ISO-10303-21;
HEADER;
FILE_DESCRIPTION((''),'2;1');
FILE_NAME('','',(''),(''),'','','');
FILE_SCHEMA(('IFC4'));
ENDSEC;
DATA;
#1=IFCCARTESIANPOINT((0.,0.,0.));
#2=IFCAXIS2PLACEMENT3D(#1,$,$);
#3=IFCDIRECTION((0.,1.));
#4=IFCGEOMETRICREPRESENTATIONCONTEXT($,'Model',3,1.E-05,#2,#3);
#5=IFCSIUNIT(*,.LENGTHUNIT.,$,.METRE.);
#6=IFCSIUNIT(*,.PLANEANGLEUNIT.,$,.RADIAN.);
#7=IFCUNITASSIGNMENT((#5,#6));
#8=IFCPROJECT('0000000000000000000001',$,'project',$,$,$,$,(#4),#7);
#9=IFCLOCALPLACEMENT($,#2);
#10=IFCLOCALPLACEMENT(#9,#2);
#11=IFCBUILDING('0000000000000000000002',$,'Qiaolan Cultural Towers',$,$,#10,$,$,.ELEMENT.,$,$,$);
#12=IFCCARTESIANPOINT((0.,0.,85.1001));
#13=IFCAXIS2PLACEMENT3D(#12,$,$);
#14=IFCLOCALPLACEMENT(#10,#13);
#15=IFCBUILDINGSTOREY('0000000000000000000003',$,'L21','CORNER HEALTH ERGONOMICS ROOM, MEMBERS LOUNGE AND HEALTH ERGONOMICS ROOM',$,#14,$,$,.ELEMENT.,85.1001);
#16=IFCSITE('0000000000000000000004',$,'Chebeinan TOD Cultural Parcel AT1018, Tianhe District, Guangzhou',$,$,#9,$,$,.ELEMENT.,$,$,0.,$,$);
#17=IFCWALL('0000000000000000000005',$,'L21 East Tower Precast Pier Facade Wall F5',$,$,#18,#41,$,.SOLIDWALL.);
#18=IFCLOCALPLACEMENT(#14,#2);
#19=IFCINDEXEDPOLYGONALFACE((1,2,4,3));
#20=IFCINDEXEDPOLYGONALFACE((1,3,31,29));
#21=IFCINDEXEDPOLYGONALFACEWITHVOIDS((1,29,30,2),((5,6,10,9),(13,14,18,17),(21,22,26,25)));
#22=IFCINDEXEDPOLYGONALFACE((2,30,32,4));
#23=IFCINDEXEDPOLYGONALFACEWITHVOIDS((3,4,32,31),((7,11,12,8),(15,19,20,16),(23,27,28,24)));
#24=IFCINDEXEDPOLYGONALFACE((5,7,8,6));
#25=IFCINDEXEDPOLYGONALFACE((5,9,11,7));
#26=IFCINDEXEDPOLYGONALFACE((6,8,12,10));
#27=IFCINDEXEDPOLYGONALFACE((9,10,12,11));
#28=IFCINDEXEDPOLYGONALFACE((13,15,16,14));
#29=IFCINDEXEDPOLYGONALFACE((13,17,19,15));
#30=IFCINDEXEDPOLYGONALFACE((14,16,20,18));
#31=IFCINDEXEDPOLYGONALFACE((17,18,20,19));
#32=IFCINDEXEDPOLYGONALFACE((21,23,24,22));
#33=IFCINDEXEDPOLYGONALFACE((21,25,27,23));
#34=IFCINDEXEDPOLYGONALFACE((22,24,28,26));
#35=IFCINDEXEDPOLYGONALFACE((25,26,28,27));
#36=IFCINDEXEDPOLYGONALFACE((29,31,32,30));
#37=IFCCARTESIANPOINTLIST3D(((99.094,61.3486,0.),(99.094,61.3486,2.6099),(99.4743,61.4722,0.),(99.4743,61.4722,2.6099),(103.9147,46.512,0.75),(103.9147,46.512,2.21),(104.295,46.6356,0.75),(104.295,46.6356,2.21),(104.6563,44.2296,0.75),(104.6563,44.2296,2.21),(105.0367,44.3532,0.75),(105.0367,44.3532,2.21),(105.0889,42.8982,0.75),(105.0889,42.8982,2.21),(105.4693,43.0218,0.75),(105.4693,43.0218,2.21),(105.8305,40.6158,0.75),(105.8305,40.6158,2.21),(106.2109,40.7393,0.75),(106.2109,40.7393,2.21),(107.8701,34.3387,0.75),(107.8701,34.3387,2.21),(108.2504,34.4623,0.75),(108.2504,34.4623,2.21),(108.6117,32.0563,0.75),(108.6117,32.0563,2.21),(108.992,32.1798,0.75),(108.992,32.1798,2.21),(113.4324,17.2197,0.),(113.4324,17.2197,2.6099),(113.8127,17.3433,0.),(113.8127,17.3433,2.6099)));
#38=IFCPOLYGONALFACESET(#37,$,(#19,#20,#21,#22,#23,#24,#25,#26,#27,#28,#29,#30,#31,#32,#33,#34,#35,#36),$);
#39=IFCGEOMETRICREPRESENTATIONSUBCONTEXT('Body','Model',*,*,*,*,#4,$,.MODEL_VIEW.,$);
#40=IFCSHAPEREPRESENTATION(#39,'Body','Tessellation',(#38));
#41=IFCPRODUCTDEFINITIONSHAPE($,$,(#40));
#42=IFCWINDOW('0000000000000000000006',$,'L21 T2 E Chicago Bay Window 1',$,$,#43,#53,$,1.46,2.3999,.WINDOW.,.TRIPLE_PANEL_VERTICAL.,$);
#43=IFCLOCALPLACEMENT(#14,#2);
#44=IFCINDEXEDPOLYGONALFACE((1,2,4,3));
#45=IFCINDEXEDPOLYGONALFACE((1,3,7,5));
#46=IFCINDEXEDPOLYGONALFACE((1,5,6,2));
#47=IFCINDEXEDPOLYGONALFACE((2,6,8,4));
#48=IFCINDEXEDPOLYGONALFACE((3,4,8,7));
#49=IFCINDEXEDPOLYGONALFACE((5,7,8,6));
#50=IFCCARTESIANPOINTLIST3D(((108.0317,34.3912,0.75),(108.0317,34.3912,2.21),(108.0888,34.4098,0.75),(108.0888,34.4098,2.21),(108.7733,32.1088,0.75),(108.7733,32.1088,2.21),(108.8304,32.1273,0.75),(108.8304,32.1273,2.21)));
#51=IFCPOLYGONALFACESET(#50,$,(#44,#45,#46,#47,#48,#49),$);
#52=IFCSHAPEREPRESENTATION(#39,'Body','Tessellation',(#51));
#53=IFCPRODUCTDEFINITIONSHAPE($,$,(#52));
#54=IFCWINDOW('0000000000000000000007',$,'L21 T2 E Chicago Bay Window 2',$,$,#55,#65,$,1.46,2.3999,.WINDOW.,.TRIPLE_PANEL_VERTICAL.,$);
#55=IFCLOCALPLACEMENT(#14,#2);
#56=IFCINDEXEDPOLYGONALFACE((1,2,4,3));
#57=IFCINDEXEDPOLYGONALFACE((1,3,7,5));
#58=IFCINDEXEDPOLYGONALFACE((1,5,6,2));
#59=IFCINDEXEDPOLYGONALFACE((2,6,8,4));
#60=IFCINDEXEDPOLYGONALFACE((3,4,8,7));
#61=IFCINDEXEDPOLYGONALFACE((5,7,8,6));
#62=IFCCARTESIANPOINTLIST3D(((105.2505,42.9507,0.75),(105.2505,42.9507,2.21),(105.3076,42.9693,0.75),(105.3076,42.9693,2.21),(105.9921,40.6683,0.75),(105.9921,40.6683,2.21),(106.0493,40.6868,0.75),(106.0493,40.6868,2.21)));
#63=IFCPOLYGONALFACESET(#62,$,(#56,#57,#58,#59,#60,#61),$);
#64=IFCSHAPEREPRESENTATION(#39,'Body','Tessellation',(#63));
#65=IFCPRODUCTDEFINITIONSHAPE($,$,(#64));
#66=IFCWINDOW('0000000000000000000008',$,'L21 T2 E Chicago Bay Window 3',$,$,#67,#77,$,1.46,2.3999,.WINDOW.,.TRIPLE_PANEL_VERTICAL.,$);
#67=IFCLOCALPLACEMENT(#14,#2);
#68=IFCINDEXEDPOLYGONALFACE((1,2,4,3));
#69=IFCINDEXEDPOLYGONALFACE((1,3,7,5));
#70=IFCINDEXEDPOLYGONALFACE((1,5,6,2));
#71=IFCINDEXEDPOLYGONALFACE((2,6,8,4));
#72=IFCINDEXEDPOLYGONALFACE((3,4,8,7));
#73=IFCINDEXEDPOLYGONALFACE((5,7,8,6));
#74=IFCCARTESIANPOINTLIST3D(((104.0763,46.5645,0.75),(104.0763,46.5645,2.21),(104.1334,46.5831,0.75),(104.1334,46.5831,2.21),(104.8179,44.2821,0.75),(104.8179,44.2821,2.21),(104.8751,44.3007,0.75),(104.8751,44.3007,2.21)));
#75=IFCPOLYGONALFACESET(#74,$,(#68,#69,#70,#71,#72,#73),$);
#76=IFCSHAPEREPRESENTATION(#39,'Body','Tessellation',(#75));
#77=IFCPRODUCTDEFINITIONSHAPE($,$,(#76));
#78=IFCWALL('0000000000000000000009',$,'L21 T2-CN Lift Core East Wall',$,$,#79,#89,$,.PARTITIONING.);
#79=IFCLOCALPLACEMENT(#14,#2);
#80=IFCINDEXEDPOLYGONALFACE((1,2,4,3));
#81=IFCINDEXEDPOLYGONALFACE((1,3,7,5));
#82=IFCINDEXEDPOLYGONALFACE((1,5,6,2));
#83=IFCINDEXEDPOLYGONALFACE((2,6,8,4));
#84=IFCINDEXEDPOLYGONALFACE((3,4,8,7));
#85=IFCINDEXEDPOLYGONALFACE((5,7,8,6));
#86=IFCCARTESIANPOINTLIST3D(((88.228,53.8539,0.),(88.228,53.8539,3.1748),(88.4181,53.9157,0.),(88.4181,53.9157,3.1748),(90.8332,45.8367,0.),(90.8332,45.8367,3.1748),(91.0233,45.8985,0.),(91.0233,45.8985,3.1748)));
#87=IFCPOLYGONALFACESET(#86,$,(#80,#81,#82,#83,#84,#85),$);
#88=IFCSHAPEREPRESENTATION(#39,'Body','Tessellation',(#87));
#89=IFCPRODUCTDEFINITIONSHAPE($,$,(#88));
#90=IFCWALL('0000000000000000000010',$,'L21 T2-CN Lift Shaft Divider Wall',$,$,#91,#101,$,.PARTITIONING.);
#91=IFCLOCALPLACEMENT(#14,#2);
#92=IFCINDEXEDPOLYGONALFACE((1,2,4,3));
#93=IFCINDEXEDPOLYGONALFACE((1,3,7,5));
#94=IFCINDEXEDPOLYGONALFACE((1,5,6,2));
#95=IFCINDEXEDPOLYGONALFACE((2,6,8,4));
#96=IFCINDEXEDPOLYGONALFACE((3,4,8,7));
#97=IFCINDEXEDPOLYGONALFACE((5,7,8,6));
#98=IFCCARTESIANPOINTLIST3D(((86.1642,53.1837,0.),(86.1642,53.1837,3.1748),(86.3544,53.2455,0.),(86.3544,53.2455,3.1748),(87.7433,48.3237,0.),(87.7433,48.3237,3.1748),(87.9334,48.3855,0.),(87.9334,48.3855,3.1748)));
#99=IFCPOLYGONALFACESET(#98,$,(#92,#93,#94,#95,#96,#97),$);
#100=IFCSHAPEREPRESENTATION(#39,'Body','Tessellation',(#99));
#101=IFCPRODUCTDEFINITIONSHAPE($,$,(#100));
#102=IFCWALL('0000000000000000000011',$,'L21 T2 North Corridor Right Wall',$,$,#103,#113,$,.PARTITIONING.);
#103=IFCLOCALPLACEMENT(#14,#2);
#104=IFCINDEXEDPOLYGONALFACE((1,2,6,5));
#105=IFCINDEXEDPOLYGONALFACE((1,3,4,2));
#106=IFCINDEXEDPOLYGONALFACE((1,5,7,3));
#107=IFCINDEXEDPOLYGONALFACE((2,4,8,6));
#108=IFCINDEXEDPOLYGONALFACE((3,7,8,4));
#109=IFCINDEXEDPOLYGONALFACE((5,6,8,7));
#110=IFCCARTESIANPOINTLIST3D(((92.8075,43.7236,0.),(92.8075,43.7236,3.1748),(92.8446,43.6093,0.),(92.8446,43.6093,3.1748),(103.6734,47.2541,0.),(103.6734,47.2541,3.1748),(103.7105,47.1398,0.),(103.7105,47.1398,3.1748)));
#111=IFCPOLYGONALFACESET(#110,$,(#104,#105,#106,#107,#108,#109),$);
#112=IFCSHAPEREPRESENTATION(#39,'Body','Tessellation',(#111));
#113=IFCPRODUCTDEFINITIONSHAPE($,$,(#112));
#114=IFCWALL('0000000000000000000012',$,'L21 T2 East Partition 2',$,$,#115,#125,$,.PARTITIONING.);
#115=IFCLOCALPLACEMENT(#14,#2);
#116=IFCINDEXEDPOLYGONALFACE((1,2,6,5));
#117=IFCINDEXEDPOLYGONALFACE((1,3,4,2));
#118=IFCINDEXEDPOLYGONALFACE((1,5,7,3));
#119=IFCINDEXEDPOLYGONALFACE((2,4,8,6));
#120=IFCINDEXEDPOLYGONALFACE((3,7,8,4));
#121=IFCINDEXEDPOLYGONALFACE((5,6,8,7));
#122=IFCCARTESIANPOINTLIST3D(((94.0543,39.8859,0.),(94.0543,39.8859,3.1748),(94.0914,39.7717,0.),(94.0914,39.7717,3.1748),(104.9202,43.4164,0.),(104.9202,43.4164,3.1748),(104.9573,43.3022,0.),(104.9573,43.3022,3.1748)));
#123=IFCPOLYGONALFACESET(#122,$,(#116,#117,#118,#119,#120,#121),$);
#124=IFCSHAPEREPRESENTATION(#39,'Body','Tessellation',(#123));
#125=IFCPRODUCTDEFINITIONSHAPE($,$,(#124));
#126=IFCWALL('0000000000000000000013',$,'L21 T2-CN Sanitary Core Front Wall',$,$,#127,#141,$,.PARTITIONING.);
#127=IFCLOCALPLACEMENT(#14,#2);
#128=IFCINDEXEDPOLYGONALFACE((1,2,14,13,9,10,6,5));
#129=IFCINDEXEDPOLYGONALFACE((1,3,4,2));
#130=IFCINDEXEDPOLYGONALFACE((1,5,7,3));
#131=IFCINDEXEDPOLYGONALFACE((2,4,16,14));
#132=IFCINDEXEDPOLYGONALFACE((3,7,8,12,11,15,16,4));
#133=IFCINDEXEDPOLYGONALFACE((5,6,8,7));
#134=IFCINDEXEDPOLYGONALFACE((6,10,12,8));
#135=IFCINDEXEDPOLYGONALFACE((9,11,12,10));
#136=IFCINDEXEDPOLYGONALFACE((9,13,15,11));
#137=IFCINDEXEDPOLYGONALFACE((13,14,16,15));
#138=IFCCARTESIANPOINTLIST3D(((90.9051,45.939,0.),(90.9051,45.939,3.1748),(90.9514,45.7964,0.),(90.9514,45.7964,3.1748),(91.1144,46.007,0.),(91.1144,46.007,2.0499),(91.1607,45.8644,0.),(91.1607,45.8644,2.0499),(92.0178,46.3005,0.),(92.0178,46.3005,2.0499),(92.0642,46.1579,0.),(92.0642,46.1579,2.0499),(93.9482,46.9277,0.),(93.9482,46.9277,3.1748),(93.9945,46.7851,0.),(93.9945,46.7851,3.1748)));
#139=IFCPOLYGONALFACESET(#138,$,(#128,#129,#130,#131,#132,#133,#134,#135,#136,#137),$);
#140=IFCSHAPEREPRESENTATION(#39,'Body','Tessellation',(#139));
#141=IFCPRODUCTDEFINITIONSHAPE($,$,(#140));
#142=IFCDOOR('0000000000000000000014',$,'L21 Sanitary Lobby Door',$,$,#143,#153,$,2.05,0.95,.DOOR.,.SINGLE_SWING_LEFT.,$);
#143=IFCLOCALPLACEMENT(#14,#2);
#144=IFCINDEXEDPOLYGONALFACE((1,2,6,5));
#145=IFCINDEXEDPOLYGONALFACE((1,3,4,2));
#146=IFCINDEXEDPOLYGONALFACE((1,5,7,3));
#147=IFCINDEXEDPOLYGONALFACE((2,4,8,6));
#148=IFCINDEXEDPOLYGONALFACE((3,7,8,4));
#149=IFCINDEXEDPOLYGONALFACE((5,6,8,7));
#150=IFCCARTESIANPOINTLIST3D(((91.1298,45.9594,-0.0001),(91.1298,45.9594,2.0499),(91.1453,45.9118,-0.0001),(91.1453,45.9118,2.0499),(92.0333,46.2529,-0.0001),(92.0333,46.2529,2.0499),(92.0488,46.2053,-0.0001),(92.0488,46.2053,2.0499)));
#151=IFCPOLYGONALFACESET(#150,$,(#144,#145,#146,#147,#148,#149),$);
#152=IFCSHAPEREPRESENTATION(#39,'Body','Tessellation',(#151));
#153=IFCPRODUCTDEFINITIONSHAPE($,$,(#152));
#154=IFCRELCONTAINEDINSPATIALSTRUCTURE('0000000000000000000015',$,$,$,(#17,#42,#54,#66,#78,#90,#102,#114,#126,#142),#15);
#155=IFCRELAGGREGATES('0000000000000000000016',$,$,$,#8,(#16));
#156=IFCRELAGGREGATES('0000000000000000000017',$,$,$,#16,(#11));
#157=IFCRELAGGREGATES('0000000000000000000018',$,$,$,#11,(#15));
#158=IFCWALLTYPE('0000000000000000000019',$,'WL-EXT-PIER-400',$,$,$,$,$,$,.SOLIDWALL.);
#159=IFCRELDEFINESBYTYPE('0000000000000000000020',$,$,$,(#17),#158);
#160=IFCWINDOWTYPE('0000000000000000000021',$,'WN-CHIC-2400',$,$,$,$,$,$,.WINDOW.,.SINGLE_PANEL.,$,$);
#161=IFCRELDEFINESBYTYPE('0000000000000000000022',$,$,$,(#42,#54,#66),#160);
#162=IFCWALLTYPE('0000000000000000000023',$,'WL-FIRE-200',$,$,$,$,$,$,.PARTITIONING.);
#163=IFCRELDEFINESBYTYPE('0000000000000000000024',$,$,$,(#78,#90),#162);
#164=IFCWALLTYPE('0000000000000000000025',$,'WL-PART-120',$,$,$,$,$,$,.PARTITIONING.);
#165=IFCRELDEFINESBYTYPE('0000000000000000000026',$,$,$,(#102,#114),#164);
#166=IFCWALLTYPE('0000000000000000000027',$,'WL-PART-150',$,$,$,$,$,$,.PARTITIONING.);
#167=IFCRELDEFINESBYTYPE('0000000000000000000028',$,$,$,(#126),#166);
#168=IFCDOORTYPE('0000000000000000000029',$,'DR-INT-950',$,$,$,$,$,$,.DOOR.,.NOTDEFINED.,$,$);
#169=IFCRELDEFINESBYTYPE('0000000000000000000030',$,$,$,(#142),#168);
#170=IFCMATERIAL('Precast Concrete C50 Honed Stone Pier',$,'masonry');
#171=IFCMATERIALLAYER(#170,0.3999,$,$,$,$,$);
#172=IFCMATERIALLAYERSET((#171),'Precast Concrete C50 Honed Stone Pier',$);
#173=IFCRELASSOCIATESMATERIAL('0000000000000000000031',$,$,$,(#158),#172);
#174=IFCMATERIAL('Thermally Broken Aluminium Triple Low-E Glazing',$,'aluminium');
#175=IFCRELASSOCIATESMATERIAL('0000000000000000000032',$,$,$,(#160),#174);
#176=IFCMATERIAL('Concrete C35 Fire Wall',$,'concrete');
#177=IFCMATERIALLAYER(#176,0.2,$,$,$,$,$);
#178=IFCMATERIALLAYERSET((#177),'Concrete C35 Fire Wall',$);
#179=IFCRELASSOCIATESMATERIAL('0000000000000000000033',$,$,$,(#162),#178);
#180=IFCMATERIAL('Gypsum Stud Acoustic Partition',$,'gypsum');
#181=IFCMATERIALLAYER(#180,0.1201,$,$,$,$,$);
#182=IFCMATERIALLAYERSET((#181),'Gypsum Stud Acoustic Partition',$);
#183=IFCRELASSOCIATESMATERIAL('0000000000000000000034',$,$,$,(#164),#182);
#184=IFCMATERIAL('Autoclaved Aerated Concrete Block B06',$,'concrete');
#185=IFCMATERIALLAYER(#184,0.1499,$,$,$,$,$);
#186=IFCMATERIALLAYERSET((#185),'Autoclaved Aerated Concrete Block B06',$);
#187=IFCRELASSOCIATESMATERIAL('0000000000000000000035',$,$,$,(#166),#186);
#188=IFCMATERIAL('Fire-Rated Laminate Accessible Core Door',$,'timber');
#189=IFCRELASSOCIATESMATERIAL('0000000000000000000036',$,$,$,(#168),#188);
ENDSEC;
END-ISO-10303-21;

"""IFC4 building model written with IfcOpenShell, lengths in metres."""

from ifc_helpers import new_model, si_unit, direction, frame, frame_2d, origin, place, context, subcontext, project, spatial, rectangle, extrude, material, layer, layer_set, type_object, element, fill, save


model = new_model("IFC4")

# Units and contexts
model_context = context("Model", 3, precision=1e-05, world=origin(), true_north=direction((0.0, 1.0)))
body_context = subcontext(model_context, "Body", "Model", "MODEL_VIEW")
ifc_project = project(units=[si_unit("LENGTHUNIT", "METRE"), si_unit("PLANEANGLEUNIT", "RADIAN")], contexts=[model_context])

# Site, building, storey
site_placement = place(None, origin())
site = spatial("IfcSite", under=ifc_project, at=site_placement, Name="Chebeinan TOD Cultural Parcel AT1018, Tianhe District, Guangzhou", CompositionType="ELEMENT", RefElevation=0.0)
building_placement = place(site_placement, origin())
building = spatial("IfcBuilding", under=site, at=building_placement, Name="Qiaolan Cultural Towers", CompositionType="ELEMENT")
storey_placement = place(building_placement, frame((0.0, 0.0, 85.1001)))
storey = spatial("IfcBuildingStorey", under=building, at=storey_placement, Name="L21", Description="CORNER HEALTH ERGONOMICS ROOM, MEMBERS LOUNGE AND HEALTH ERGONOMICS ROOM", CompositionType="ELEMENT", Elevation=85.1001)

# Shared definitions
ifc_material_1 = material(Name="Precast Concrete C50 Honed Stone Pier", Category="masonry")
ifc_layer_1 = layer(ifc_material_1, 0.3999)
ifc_layer_set_1 = layer_set([ifc_layer_1], Name="Precast Concrete C50 Honed Stone Pier")
wall_type_1 = type_object("IfcWallType", Name="WL-EXT-PIER-400", PredefinedType="SOLIDWALL", material=ifc_layer_set_1)

# Wall, openings, windows
wall_1_placement = place(storey_placement, frame((99.2842, 61.4104, 0.0), z_axis=(0.0, 0.0, 1.0), x_axis=(0.309018, -0.951056, 0.0)))
wall_1 = element("IfcWall", 1, at=wall_1_placement, inside=storey, type_object=wall_type_1, Name="L21 East Tower Precast Pier Facade Wall F5", PredefinedType="SOLIDWALL", context=body_context, shape_type="SweptSolid", body=[
    extrude(rectangle(XDim=46.3999, YDim=0.3999, at=frame_2d((23.2, 0.0))), origin(), (0.0, 0.0, 1.0), 2.6099),
])
opening_1_placement = place(wall_1_placement, frame((28.3999, 0.0, 0.75)))
opening_1 = element("IfcOpeningElement", 2, at=opening_1_placement, cuts=wall_1, PredefinedType="OPENING", context=body_context, shape_type="SweptSolid", body=[
    extrude(rectangle(XDim=2.3999, YDim=1.46, at=frame_2d((1.2, 0.73))), frame((0.0, 0.21, 0.0), z_axis=(0.0, -1.0, 0.0), x_axis=(1.0, 0.0, 0.0)), (0.0, 0.0, 1.0), 0.4199),
])
opening_2_placement = place(wall_1_placement, frame((19.3999, 0.0, 0.75)))
opening_2 = element("IfcOpeningElement", 3, at=opening_2_placement, cuts=wall_1, PredefinedType="OPENING", context=body_context, shape_type="SweptSolid", body=[
    extrude(rectangle(XDim=2.3999, YDim=1.46, at=frame_2d((1.2, 0.73))), frame((0.0, 0.21, 0.0), z_axis=(0.0, -1.0, 0.0), x_axis=(1.0, 0.0, 0.0)), (0.0, 0.0, 1.0), 0.4199),
])
opening_3_placement = place(wall_1_placement, frame((15.6001, 0.0, 0.75)))
opening_3 = element("IfcOpeningElement", 4, at=opening_3_placement, cuts=wall_1, PredefinedType="OPENING", context=body_context, shape_type="SweptSolid", body=[
    extrude(rectangle(XDim=2.3999, YDim=1.46, at=frame_2d((1.2, 0.73))), frame((0.0, 0.21, 0.0), z_axis=(0.0, -1.0, 0.0), x_axis=(1.0, 0.0, 0.0)), (0.0, 0.0, 1.0), 0.4199),
])
ifc_material_2 = material(Name="Thermally Broken Aluminium Triple Low-E Glazing", Category="aluminium")
window_type = type_object("IfcWindowType", Name="WN-CHIC-2400", PartitioningType="SINGLE_PANEL", PredefinedType="WINDOW", material=ifc_material_2)
window_1_placement = place(opening_1_placement, origin())
window_1 = element("IfcWindow", 5, at=window_1_placement, inside=storey, type_object=window_type, Name="L21 T2 E Chicago Bay Window 1", OverallHeight=1.46, OverallWidth=2.3999, PartitioningType="TRIPLE_PANEL_VERTICAL", PredefinedType="WINDOW", context=body_context, shape_type="SweptSolid", body=[
    extrude(rectangle(XDim=2.3999, YDim=1.46, at=frame_2d((1.2, 0.73))), frame((0.0, 0.03, 0.0), z_axis=(0.0, -1.0, 0.0), x_axis=(1.0, 0.0, 0.0)), (0.0, 0.0, 1.0), 0.0601),
])
fill(opening_1, window_1)
window_2_placement = place(opening_2_placement, origin())
window_2 = element("IfcWindow", 6, at=window_2_placement, inside=storey, type_object=window_type, Name="L21 T2 E Chicago Bay Window 2", OverallHeight=1.46, OverallWidth=2.3999, PartitioningType="TRIPLE_PANEL_VERTICAL", PredefinedType="WINDOW", context=body_context, shape_type="SweptSolid", body=[
    extrude(rectangle(XDim=2.3999, YDim=1.46, at=frame_2d((1.2, 0.73))), frame((0.0, 0.03, 0.0), z_axis=(0.0, -1.0, 0.0), x_axis=(1.0, 0.0, 0.0)), (0.0, 0.0, 1.0), 0.0601),
])
fill(opening_2, window_2)
window_3_placement = place(opening_3_placement, origin())
window_3 = element("IfcWindow", 7, at=window_3_placement, inside=storey, type_object=window_type, Name="L21 T2 E Chicago Bay Window 3", OverallHeight=1.46, OverallWidth=2.3999, PartitioningType="TRIPLE_PANEL_VERTICAL", PredefinedType="WINDOW", context=body_context, shape_type="SweptSolid", body=[
    extrude(rectangle(XDim=2.3999, YDim=1.46, at=frame_2d((1.2, 0.73))), frame((0.0, 0.03, 0.0), z_axis=(0.0, -1.0, 0.0), x_axis=(1.0, 0.0, 0.0)), (0.0, 0.0, 1.0), 0.0601),
])
fill(opening_3, window_3)

# Walls
ifc_material_3 = material(Name="Concrete C35 Fire Wall", Category="concrete")
ifc_layer_2 = layer(ifc_material_3, 0.2)
ifc_layer_set_2 = layer_set([ifc_layer_2], Name="Concrete C35 Fire Wall")
wall_type_2 = type_object("IfcWallType", Name="WL-FIRE-200", PredefinedType="PARTITIONING", material=ifc_layer_set_2)
wall_2_placement = place(storey_placement, frame((90.9282, 45.8677, 0.0), z_axis=(0.0, 0.0, 1.0), x_axis=(-0.309042, 0.951048, 0.0)))
element("IfcWall", 8, at=wall_2_placement, inside=storey, type_object=wall_type_2, Name="L21 T2-CN Lift Core East Wall", PredefinedType="PARTITIONING", context=body_context, shape_type="SweptSolid", body=[
    extrude(rectangle(XDim=8.4299, YDim=0.2, at=frame_2d((4.2148, 0.0))), origin(), (0.0, 0.0, 1.0), 3.1748),
])
wall_3_placement = place(storey_placement, frame((87.8384, 48.3545, 0.0), z_axis=(0.0, 0.0, 1.0), x_axis=(-0.309009, 0.951059, 0.0)))
element("IfcWall", 9, at=wall_3_placement, inside=storey, type_object=wall_type_2, Name="L21 T2-CN Lift Shaft Divider Wall", PredefinedType="PARTITIONING", context=body_context, shape_type="SweptSolid", body=[
    extrude(rectangle(XDim=5.1101, YDim=0.2, at=frame_2d((2.5552, 0.0))), origin(), (0.0, 0.0, 1.0), 3.1748),
])
ifc_material_4 = material(Name="Gypsum Stud Acoustic Partition", Category="gypsum")
ifc_layer_3 = layer(ifc_material_4, 0.1201)
ifc_layer_set_3 = layer_set([ifc_layer_3], Name="Gypsum Stud Acoustic Partition")
wall_type_3 = type_object("IfcWallType", Name="WL-PART-120", PredefinedType="PARTITIONING", material=ifc_layer_set_3)
for number, where, z_axis, x_axis, name in (
    (10, (92.8262, 43.6665, 0.0), (0.0, 0.0, 1.0), (0.951058, 0.309013, 0.0), "L21 T2 North Corridor Right Wall"),
    (11, (94.073, 39.8289, 0.0), (0.0, 0.0, 1.0), (0.951058, 0.309013, 0.0), "L21 T2 East Partition 2"),
):
    element("IfcWall", number, at=place(storey_placement, frame(where, z_axis=z_axis, x_axis=x_axis)), inside=storey, type_object=wall_type_3, Name=name, PredefinedType="PARTITIONING", context=body_context, shape_type="SweptSolid", body=[
        extrude(rectangle(XDim=11.425, YDim=0.1201, at=frame_2d((5.7124, 0.0))), origin(), (0.0, 0.0, 1.0), 3.1748),
    ])

# Wall, opening, door
ifc_material_5 = material(Name="Autoclaved Aerated Concrete Block B06", Category="concrete")
ifc_layer_4 = layer(ifc_material_5, 0.1499)
ifc_layer_set_4 = layer_set([ifc_layer_4], Name="Autoclaved Aerated Concrete Block B06")
wall_type_4 = type_object("IfcWallType", Name="WL-PART-150", PredefinedType="PARTITIONING", material=ifc_layer_set_4)
wall_4_placement = place(storey_placement, frame((90.9282, 45.8677, 0.0), z_axis=(0.0, 0.0, 1.0), x_axis=(0.951059, 0.309008, 0.0)))
wall_4 = element("IfcWall", 12, at=wall_4_placement, inside=storey, type_object=wall_type_4, Name="L21 T2-CN Sanitary Core Front Wall", PredefinedType="PARTITIONING", context=body_context, shape_type="SweptSolid", body=[
    extrude(rectangle(XDim=3.1997, YDim=0.1499, at=frame_2d((1.5999, 0.0))), origin(), (0.0, 0.0, 1.0), 3.1748),
])
opening_4_placement = place(wall_4_placement, frame((0.22, 0.0, 0.0)))
opening_4 = element("IfcOpeningElement", 13, at=opening_4_placement, cuts=wall_4, PredefinedType="OPENING", context=body_context, shape_type="SweptSolid", body=[
    extrude(rectangle(XDim=0.95, YDim=2.05, at=frame_2d((0.4751, 1.0249))), frame((0.0, 0.085, 0.0), z_axis=(0.0, -1.0, 0.0), x_axis=(1.0, 0.0, 0.0)), (0.0, 0.0, 1.0), 0.1699),
])
ifc_material_6 = material(Name="Fire-Rated Laminate Accessible Core Door", Category="timber")
door_type_1 = type_object("IfcDoorType", Name="DR-INT-950", OperationType="NOTDEFINED", PredefinedType="DOOR", material=ifc_material_6)
door_1_placement = place(opening_4_placement, origin())
door_1 = element("IfcDoor", 14, at=door_1_placement, inside=storey, type_object=door_type_1, Name="L21 Sanitary Lobby Door", OperationType="SINGLE_SWING_LEFT", OverallHeight=2.05, OverallWidth=0.95, PredefinedType="DOOR", context=body_context, shape_type="SweptSolid", body=[
    extrude(rectangle(XDim=0.95, YDim=2.05, at=frame_2d((0.4751, 1.0249))), frame((0.0, 0.0249, 0.0), z_axis=(0.0, -1.0, 0.0), x_axis=(1.0, 0.0, 0.0)), (0.0, 0.0, 1.0), 0.05),
])
fill(opening_4, door_1)

save(model, "model.ifc")
